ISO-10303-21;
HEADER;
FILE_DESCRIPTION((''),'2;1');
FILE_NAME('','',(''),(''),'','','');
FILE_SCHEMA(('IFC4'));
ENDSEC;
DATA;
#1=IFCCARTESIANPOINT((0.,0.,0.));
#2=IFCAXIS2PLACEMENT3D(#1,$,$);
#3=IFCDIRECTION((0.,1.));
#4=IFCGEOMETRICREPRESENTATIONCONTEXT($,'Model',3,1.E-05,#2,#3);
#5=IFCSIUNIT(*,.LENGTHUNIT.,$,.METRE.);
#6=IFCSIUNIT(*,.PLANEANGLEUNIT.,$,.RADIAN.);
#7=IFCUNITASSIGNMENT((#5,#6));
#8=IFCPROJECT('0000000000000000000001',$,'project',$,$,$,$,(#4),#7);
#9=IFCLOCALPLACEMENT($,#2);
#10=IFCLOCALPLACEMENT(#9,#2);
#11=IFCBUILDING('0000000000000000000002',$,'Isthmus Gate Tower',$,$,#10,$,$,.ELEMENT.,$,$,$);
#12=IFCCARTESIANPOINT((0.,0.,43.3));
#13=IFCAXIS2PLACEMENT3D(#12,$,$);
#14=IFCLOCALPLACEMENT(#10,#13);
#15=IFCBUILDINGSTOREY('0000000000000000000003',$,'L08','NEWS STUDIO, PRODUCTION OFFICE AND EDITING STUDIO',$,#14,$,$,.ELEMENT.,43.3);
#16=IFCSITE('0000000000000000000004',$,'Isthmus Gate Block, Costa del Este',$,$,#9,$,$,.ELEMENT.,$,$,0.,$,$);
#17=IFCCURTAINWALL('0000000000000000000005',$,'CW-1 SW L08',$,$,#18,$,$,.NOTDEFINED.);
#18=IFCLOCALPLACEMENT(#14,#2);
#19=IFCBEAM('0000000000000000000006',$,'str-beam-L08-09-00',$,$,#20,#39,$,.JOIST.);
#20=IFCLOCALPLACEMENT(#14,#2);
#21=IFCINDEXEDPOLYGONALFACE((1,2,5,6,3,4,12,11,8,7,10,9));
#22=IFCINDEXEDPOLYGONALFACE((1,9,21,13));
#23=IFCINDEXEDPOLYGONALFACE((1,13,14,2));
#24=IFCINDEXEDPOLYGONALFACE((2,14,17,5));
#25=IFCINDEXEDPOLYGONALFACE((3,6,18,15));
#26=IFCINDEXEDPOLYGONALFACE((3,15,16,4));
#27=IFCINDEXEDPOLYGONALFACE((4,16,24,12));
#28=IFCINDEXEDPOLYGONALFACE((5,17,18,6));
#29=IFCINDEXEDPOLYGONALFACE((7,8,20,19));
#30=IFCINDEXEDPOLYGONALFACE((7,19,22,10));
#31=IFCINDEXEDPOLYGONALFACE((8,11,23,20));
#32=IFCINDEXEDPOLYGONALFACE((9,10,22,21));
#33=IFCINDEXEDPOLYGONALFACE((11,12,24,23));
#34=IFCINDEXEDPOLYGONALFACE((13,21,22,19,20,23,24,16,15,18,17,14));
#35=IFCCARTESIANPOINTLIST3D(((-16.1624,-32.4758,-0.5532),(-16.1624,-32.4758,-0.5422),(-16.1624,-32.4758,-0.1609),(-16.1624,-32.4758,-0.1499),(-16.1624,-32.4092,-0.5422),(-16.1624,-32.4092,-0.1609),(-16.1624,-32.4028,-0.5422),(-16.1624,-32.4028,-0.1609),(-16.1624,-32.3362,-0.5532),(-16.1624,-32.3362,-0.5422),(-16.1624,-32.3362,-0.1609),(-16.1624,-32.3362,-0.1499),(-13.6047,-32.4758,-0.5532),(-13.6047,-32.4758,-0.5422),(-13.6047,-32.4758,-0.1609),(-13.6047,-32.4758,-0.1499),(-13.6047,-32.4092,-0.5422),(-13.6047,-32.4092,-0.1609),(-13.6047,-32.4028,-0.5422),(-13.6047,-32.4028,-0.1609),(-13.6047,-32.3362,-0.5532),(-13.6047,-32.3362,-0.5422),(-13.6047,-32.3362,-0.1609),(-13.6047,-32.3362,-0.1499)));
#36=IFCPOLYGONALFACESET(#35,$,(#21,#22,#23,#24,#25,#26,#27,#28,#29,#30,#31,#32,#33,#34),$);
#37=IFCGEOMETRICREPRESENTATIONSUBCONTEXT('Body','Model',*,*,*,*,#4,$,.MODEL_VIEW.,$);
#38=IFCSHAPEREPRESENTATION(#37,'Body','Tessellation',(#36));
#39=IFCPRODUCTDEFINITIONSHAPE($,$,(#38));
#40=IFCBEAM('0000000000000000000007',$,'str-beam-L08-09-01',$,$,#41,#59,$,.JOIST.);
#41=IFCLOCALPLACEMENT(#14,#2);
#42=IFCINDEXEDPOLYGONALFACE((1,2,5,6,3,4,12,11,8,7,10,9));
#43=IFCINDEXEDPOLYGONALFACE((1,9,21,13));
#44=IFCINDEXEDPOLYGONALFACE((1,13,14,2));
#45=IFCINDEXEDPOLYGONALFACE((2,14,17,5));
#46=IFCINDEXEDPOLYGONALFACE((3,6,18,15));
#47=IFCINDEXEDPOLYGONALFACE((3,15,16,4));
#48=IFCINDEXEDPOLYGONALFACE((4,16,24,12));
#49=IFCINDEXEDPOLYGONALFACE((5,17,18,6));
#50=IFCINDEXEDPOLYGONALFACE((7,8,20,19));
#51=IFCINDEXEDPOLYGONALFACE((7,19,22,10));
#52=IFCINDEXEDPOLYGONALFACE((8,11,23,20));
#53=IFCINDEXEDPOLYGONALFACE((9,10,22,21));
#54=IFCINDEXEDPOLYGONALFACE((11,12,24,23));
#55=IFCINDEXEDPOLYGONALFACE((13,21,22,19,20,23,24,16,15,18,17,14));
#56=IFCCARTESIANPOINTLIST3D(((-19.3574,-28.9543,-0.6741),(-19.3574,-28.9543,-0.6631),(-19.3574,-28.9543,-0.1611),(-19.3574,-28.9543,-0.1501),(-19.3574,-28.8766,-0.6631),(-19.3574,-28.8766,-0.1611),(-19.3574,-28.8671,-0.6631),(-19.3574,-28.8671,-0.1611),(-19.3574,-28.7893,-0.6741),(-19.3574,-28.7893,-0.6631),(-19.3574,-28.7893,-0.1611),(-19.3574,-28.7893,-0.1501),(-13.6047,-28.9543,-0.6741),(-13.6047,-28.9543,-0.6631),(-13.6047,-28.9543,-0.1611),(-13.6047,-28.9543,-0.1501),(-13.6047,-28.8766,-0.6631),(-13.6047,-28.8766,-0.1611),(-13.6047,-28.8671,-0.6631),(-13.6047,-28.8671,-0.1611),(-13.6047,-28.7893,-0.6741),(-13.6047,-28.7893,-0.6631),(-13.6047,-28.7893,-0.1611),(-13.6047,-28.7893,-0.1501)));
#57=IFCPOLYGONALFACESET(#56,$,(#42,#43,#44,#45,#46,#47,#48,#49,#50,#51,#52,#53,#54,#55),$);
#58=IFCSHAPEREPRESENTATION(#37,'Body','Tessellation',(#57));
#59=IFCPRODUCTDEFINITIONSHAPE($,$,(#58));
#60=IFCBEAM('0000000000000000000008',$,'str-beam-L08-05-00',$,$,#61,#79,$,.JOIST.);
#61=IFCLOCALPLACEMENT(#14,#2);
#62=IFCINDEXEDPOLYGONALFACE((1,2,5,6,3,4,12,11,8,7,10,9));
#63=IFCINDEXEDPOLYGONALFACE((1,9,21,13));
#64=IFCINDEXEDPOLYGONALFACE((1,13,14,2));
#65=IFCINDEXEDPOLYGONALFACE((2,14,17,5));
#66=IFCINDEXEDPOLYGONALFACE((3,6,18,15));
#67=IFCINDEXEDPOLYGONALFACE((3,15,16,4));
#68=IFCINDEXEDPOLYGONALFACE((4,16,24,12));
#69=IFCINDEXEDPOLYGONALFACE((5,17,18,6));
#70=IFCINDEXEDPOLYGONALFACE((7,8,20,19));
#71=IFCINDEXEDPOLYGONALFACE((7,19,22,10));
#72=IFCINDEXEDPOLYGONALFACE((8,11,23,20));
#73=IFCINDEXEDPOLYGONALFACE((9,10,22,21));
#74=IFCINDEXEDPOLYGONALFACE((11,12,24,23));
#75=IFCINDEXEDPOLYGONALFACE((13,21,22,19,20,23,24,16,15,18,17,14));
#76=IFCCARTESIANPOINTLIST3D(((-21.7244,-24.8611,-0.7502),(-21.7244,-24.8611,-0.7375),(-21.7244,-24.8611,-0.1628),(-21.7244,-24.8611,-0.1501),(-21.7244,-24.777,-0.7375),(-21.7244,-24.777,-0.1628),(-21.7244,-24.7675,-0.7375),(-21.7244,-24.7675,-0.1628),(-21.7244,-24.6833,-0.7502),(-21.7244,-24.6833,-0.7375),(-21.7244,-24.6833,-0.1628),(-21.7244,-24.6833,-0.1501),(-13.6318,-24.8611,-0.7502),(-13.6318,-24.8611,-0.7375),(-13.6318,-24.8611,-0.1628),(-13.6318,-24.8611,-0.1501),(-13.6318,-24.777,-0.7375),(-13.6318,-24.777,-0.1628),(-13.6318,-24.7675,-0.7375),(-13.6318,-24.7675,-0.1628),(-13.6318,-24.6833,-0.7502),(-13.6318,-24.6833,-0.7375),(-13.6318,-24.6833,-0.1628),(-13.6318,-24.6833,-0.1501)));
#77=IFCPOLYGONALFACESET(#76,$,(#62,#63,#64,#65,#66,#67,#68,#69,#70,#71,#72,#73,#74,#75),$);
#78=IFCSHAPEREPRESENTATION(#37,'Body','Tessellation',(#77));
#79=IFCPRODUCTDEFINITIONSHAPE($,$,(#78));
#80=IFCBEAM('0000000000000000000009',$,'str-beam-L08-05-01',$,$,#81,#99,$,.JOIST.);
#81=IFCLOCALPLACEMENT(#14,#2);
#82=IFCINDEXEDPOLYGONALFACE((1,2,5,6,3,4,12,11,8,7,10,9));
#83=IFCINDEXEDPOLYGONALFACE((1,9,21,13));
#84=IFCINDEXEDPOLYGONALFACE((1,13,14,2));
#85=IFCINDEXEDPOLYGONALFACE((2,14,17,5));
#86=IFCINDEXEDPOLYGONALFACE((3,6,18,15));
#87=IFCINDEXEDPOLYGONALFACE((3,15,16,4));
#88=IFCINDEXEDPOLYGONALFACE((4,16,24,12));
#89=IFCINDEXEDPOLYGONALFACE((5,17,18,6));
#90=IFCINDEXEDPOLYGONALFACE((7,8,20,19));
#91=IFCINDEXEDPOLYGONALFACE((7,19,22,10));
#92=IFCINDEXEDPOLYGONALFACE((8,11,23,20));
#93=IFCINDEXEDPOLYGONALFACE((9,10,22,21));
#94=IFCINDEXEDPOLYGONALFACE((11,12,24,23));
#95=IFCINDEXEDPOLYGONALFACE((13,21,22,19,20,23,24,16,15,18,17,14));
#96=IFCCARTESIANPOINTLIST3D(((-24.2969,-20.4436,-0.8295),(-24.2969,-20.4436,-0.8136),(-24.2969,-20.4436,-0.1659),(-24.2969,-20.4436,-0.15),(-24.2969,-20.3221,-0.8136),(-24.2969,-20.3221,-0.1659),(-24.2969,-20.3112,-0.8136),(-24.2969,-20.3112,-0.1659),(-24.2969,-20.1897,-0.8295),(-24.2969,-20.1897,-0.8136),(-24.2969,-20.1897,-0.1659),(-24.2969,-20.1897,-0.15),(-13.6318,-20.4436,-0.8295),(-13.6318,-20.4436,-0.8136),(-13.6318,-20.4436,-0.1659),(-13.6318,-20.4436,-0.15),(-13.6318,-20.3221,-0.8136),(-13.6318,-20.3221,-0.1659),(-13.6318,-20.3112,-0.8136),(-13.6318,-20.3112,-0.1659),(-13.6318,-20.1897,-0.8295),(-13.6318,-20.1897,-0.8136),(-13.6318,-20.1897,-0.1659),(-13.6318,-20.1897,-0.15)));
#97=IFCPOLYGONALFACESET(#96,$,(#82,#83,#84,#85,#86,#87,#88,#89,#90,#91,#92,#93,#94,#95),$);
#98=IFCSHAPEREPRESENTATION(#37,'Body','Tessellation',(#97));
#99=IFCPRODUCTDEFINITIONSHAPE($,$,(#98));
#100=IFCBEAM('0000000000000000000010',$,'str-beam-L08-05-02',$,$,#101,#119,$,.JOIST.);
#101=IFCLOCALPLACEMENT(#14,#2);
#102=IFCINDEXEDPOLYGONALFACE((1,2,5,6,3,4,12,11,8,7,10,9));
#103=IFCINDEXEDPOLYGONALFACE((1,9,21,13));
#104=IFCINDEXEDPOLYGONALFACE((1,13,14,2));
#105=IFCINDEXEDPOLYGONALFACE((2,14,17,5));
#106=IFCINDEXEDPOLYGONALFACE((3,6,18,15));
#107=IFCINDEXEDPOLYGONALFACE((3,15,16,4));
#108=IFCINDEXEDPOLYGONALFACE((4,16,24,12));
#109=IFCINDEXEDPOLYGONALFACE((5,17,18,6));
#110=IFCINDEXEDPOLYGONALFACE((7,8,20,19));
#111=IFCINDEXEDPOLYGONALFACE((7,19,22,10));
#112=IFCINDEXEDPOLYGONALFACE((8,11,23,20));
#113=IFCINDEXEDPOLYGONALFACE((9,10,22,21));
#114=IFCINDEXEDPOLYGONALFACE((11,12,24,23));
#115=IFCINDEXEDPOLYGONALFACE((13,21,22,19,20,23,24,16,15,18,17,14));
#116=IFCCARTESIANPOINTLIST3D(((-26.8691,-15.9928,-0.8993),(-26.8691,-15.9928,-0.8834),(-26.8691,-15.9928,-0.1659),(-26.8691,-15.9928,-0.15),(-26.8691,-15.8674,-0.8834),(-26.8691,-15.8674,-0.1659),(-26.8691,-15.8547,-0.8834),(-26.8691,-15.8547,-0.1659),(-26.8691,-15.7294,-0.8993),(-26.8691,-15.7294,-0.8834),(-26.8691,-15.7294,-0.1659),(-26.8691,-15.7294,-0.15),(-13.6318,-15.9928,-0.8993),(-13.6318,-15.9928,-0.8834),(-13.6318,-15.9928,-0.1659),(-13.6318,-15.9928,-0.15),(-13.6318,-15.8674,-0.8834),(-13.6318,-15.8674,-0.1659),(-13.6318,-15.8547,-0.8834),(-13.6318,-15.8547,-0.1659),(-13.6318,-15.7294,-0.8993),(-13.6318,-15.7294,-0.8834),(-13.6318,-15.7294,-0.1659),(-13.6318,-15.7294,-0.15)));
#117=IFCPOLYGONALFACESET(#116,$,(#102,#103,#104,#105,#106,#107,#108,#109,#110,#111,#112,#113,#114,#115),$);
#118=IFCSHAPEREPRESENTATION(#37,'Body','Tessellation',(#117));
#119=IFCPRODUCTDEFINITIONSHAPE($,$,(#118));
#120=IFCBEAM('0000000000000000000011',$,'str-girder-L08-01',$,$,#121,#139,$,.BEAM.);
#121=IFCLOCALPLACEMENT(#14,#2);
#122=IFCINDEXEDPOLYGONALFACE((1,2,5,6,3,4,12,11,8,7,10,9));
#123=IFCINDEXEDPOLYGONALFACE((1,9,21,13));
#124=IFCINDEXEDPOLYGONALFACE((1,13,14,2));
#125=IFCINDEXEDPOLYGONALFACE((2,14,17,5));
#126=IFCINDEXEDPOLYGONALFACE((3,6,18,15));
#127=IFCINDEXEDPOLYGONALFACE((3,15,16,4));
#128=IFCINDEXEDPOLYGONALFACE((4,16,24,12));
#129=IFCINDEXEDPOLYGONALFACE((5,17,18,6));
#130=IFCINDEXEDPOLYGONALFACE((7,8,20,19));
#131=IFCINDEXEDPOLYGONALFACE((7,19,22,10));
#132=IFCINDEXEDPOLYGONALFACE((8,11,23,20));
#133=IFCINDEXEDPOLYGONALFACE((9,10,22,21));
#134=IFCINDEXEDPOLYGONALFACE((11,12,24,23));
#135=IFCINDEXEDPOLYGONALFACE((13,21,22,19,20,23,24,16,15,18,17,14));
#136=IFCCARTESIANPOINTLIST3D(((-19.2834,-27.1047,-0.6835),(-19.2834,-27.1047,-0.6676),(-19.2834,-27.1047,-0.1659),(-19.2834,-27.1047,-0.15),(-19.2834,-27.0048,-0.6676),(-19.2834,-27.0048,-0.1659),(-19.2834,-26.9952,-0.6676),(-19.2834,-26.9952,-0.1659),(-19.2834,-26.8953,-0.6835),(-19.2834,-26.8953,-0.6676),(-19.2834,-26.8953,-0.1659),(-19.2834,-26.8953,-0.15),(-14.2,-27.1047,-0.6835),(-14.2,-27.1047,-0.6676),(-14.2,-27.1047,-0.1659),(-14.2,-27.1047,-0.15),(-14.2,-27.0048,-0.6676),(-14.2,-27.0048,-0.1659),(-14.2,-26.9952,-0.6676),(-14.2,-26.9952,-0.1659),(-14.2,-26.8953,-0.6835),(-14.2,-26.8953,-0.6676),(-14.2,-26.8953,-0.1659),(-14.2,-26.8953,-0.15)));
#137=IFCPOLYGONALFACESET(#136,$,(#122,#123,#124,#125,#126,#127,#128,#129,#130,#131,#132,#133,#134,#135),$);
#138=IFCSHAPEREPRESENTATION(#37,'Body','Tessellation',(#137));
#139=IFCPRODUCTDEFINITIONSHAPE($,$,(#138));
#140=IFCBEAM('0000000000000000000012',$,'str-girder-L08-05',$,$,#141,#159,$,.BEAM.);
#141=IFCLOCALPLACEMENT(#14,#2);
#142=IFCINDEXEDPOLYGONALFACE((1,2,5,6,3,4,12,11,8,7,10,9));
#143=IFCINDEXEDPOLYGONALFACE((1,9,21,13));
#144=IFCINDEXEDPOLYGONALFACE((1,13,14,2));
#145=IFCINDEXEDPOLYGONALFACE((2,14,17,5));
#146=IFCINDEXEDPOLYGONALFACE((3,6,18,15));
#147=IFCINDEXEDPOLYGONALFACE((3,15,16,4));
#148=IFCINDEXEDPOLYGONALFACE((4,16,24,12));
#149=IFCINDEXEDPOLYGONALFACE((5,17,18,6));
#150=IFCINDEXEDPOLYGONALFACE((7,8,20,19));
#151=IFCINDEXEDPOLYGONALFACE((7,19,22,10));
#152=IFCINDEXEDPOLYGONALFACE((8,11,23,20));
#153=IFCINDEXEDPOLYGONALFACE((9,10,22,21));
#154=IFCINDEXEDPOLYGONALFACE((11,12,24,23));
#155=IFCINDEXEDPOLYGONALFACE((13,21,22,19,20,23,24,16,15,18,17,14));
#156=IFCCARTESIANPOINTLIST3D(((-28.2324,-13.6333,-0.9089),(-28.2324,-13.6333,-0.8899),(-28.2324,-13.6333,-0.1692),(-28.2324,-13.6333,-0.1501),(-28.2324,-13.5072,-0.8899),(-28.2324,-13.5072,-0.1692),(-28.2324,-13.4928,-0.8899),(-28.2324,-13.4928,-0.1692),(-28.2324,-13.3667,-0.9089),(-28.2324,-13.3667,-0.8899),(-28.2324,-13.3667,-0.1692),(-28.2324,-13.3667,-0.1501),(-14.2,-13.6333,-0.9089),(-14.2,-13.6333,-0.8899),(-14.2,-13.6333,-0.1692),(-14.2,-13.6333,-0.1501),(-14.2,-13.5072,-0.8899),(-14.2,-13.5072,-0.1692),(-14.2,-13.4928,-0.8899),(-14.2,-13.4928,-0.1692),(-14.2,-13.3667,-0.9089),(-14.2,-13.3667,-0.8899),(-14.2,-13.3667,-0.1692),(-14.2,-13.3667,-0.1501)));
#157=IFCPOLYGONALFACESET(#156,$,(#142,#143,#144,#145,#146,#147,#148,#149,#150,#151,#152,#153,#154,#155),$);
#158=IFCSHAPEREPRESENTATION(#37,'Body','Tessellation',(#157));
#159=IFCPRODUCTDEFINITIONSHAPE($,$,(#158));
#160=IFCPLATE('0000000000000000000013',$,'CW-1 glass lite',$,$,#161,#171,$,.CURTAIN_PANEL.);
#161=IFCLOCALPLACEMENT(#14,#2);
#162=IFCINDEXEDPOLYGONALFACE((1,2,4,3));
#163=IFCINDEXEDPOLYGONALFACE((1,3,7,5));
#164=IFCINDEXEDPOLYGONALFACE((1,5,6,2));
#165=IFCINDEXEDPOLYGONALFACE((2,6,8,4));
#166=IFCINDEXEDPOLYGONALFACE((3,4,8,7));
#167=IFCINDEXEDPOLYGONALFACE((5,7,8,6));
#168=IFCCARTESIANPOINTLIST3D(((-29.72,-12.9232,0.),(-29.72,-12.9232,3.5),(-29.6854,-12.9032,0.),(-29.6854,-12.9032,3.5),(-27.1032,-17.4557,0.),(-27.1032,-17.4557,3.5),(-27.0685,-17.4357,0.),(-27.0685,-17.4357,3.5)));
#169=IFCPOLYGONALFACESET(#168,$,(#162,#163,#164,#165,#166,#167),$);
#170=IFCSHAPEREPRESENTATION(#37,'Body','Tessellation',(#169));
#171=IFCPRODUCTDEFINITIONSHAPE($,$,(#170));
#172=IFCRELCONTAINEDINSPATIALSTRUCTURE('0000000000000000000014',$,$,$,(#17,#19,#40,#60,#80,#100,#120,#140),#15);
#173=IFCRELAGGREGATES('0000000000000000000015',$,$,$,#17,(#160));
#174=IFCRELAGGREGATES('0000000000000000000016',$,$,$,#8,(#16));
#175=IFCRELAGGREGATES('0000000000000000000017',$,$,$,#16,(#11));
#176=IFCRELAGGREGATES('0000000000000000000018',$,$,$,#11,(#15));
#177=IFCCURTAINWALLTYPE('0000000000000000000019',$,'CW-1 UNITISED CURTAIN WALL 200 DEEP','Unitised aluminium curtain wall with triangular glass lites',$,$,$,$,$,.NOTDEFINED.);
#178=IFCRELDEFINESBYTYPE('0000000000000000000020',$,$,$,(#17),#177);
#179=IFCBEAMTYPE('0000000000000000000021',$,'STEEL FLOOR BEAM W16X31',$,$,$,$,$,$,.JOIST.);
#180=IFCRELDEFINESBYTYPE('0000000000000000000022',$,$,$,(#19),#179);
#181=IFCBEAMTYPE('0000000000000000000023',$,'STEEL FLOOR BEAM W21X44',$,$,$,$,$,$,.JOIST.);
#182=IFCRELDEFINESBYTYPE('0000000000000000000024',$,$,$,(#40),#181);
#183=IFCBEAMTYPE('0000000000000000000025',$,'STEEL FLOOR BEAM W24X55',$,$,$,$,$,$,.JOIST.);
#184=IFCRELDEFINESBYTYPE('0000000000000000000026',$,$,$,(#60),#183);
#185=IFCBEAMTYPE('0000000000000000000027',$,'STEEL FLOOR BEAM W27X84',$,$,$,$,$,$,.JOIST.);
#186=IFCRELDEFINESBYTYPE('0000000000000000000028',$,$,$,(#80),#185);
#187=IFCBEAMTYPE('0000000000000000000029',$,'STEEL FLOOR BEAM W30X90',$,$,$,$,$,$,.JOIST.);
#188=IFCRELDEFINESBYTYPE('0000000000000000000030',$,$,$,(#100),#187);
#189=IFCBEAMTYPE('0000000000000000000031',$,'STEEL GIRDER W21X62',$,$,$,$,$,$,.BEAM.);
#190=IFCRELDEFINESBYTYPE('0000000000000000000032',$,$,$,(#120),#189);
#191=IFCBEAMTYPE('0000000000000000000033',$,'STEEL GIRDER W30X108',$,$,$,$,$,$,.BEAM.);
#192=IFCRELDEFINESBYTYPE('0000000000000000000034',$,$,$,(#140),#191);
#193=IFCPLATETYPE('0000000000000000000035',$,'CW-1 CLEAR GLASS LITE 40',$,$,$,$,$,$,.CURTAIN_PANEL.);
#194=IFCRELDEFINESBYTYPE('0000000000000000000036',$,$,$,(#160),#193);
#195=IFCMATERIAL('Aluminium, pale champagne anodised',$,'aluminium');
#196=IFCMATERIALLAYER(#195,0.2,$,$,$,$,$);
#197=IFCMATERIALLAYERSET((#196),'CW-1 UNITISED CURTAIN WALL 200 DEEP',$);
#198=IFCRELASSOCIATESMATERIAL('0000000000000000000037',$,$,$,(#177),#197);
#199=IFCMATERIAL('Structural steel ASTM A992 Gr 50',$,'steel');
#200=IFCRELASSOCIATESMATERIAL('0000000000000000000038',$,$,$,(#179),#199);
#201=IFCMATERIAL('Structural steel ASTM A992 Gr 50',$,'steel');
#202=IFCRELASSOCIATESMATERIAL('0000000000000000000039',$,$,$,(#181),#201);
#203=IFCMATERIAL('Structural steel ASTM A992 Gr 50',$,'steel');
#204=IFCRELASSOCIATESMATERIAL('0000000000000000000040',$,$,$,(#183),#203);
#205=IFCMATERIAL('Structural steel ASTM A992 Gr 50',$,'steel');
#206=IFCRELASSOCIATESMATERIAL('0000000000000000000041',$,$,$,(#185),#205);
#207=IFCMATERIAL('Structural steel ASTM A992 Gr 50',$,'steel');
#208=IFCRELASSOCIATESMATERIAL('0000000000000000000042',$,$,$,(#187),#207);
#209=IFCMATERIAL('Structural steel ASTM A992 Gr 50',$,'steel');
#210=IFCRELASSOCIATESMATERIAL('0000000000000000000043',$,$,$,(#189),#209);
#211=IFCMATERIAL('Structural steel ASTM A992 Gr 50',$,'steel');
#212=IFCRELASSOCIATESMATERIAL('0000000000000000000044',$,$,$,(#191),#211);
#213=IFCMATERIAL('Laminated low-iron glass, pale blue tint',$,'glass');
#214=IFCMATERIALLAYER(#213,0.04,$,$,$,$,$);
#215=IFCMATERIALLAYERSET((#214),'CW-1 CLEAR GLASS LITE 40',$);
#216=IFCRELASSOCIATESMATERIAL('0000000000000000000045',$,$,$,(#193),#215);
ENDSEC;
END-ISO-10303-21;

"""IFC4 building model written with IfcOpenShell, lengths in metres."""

from ifc_helpers import new_model, si_unit, direction, frame, origin, origin_2d, place, context, subcontext, project, spatial, rectangle, i_section, extrude, material, layer, layer_set, material_profile, profile_set, type_object, element, aggregate, save


model = new_model("IFC4")

# Units and contexts
model_context = context("Model", 3, precision=1e-05, world=origin(), true_north=direction((0.0, 1.0)))
body_context = subcontext(model_context, "Body", "Model", "MODEL_VIEW")
ifc_project = project(units=[si_unit("LENGTHUNIT", "METRE"), si_unit("PLANEANGLEUNIT", "RADIAN")], contexts=[model_context])

# Site, building, storey
site_placement = place(None, origin())
site = spatial("IfcSite", under=ifc_project, at=site_placement, Name="Isthmus Gate Block, Costa del Este", CompositionType="ELEMENT", RefElevation=0.0)
building_placement = place(site_placement, origin())
building = spatial("IfcBuilding", under=site, at=building_placement, Name="Isthmus Gate Tower", CompositionType="ELEMENT")
storey_placement = place(building_placement, frame((0.0, 0.0, 43.3)))
storey = spatial("IfcBuildingStorey", under=building, at=storey_placement, Name="L08", Description="NEWS STUDIO, PRODUCTION OFFICE AND EDITING STUDIO", CompositionType="ELEMENT", Elevation=43.3)

# Curtain wall
ifc_material_1 = material(Name="Aluminium, pale champagne anodised", Category="aluminium")
ifc_layer_1 = layer(ifc_material_1, 0.2)
ifc_layer_set_1 = layer_set([ifc_layer_1], Name="CW-1 UNITISED CURTAIN WALL 200 DEEP")
curtain_wall_type = type_object("IfcCurtainWallType", Name="CW-1 UNITISED CURTAIN WALL 200 DEEP", Description="Unitised aluminium curtain wall with triangular glass lites", PredefinedType="NOTDEFINED", material=ifc_layer_set_1)
curtain_wall_1_placement = place(storey_placement, origin())
curtain_wall_1 = element("IfcCurtainWall", 1, at=curtain_wall_1_placement, inside=storey, type_object=curtain_wall_type, Name="CW-1 SW L08", PredefinedType="NOTDEFINED")

# Beams
ifc_material_2 = material(Name="Structural steel ASTM A992 Gr 50", Category="steel")
ifc_material_profile_1 = material_profile(ifc_material_2, i_section(OverallWidth=0.1396, OverallDepth=0.4033, WebThickness=0.0063, FlangeThickness=0.011, at=origin_2d()), Name="W16X31")
ifc_profile_set_1 = profile_set([ifc_material_profile_1], Name="Structural steel ASTM A992 Gr 50")
beam_type_1 = type_object("IfcBeamType", Name="STEEL FLOOR BEAM W16X31", PredefinedType="JOIST", material=ifc_profile_set_1)
beam_1_placement = place(storey_placement, frame((-16.1624, -32.406, -0.3516), z_axis=(1.0, 0.0, 0.0), x_axis=(0.0, 1.0, 0.0)))
element("IfcBeam", 2, at=beam_1_placement, inside=storey, type_object=beam_type_1, Name="str-beam-L08-09-00", PredefinedType="JOIST", context=body_context, shape_type="SweptSolid", body=[
    extrude(i_section(OverallWidth=0.1396, OverallDepth=0.4033, WebThickness=0.0063, FlangeThickness=0.011, at=origin_2d()), origin(), (0.0, 0.0, 1.0), 2.5576),
])
ifc_material_3 = material(Name="Structural steel ASTM A992 Gr 50", Category="steel")
ifc_material_profile_2 = material_profile(ifc_material_3, i_section(OverallWidth=0.165, OverallDepth=0.5239, WebThickness=0.0095, FlangeThickness=0.011, at=origin_2d()), Name="W21X44")
ifc_profile_set_2 = profile_set([ifc_material_profile_2], Name="Structural steel ASTM A992 Gr 50")
beam_type_2 = type_object("IfcBeamType", Name="STEEL FLOOR BEAM W21X44", PredefinedType="JOIST", material=ifc_profile_set_2)
beam_2_placement = place(storey_placement, frame((-19.3574, -28.8718, -0.4121), z_axis=(1.0, 0.0, 0.0), x_axis=(0.0, 1.0, 0.0)))
element("IfcBeam", 3, at=beam_2_placement, inside=storey, type_object=beam_type_2, Name="str-beam-L08-09-01", PredefinedType="JOIST", context=body_context, shape_type="SweptSolid", body=[
    extrude(i_section(OverallWidth=0.165, OverallDepth=0.5239, WebThickness=0.0095, FlangeThickness=0.011, at=origin_2d()), origin(), (0.0, 0.0, 1.0), 5.7527),
])
ifc_material_4 = material(Name="Structural steel ASTM A992 Gr 50", Category="steel")
ifc_material_profile_3 = material_profile(ifc_material_4, i_section(OverallWidth=0.1777, OverallDepth=0.6001, WebThickness=0.0095, FlangeThickness=0.0127, at=origin_2d()), Name="W24X55")
ifc_profile_set_3 = profile_set([ifc_material_profile_3], Name="Structural steel ASTM A992 Gr 50")
beam_type_3 = type_object("IfcBeamType", Name="STEEL FLOOR BEAM W24X55", PredefinedType="JOIST", material=ifc_profile_set_3)
beam_3_placement = place(storey_placement, frame((-21.7244, -24.7722, -0.4502), z_axis=(1.0, 0.0, 0.0), x_axis=(0.0, 1.0, 0.0)))
element("IfcBeam", 4, at=beam_3_placement, inside=storey, type_object=beam_type_3, Name="str-beam-L08-05-00", PredefinedType="JOIST", context=body_context, shape_type="SweptSolid", body=[
    extrude(i_section(OverallWidth=0.1777, OverallDepth=0.6001, WebThickness=0.0095, FlangeThickness=0.0127, at=origin_2d()), origin(), (0.0, 0.0, 1.0), 8.0925),
])
ifc_material_5 = material(Name="Structural steel ASTM A992 Gr 50", Category="steel")
ifc_material_profile_4 = material_profile(ifc_material_5, i_section(OverallWidth=0.2539, OverallDepth=0.6794, WebThickness=0.011, FlangeThickness=0.0159, at=origin_2d()), Name="W27X84")
ifc_profile_set_4 = profile_set([ifc_material_profile_4], Name="Structural steel ASTM A992 Gr 50")
beam_type_4 = type_object("IfcBeamType", Name="STEEL FLOOR BEAM W27X84", PredefinedType="JOIST", material=ifc_profile_set_4)
beam_4_placement = place(storey_placement, frame((-24.2969, -20.3167, -0.4897), z_axis=(1.0, 0.0, 0.0), x_axis=(0.0, 1.0, 0.0)))
element("IfcBeam", 5, at=beam_4_placement, inside=storey, type_object=beam_type_4, Name="str-beam-L08-05-01", PredefinedType="JOIST", context=body_context, shape_type="SweptSolid", body=[
    extrude(i_section(OverallWidth=0.2539, OverallDepth=0.6794, WebThickness=0.011, FlangeThickness=0.0159, at=origin_2d()), origin(), (0.0, 0.0, 1.0), 10.665),
])
ifc_material_6 = material(Name="Structural steel ASTM A992 Gr 50", Category="steel")
ifc_material_profile_5 = material_profile(ifc_material_6, i_section(OverallWidth=0.2634, OverallDepth=0.7493, WebThickness=0.0127, FlangeThickness=0.0159, at=origin_2d()), Name="W30X90")
ifc_profile_set_5 = profile_set([ifc_material_profile_5], Name="Structural steel ASTM A992 Gr 50")
beam_type_5 = type_object("IfcBeamType", Name="STEEL FLOOR BEAM W30X90", PredefinedType="JOIST", material=ifc_profile_set_5)
beam_5_placement = place(storey_placement, frame((-26.8691, -15.8611, -0.5247), z_axis=(1.0, 0.0, 0.0), x_axis=(0.0, 1.0, 0.0)))
element("IfcBeam", 6, at=beam_5_placement, inside=storey, type_object=beam_type_5, Name="str-beam-L08-05-02", PredefinedType="JOIST", context=body_context, shape_type="SweptSolid", body=[
    extrude(i_section(OverallWidth=0.2634, OverallDepth=0.7493, WebThickness=0.0127, FlangeThickness=0.0159, at=origin_2d()), origin(), (0.0, 0.0, 1.0), 13.2373),
])
ifc_material_7 = material(Name="Structural steel ASTM A992 Gr 50", Category="steel")
ifc_material_profile_6 = material_profile(ifc_material_7, i_section(OverallWidth=0.2095, OverallDepth=0.5334, WebThickness=0.0095, FlangeThickness=0.0159, at=origin_2d()), Name="W21X62")
ifc_profile_set_6 = profile_set([ifc_material_profile_6], Name="Structural steel ASTM A992 Gr 50")
beam_type_6 = type_object("IfcBeamType", Name="STEEL GIRDER W21X62", PredefinedType="BEAM", material=ifc_profile_set_6)
beam_6_placement = place(storey_placement, frame((-19.2834, -27.0, -0.4167), z_axis=(1.0, 0.0, 0.0), x_axis=(0.0, 1.0, 0.0)))
element("IfcBeam", 7, at=beam_6_placement, inside=storey, type_object=beam_type_6, Name="str-girder-L08-01", PredefinedType="BEAM", context=body_context, shape_type="SweptSolid", body=[
    extrude(i_section(OverallWidth=0.2095, OverallDepth=0.5334, WebThickness=0.0095, FlangeThickness=0.0159, at=origin_2d()), origin(), (0.0, 0.0, 1.0), 5.0835),
])
ifc_material_8 = material(Name="Structural steel ASTM A992 Gr 50", Category="steel")
ifc_material_profile_7 = material_profile(ifc_material_8, i_section(OverallWidth=0.2666, OverallDepth=0.7588, WebThickness=0.0144, FlangeThickness=0.019, at=origin_2d()), Name="W30X108")
ifc_profile_set_7 = profile_set([ifc_material_profile_7], Name="Structural steel ASTM A992 Gr 50")
beam_type_7 = type_object("IfcBeamType", Name="STEEL GIRDER W30X108", PredefinedType="BEAM", material=ifc_profile_set_7)
beam_7_placement = place(storey_placement, frame((-28.2324, -13.5, -0.5295), z_axis=(1.0, 0.0, 0.0), x_axis=(0.0, 1.0, 0.0)))
element("IfcBeam", 8, at=beam_7_placement, inside=storey, type_object=beam_type_7, Name="str-girder-L08-05", PredefinedType="BEAM", context=body_context, shape_type="SweptSolid", body=[
    extrude(i_section(OverallWidth=0.2666, OverallDepth=0.7588, WebThickness=0.0144, FlangeThickness=0.019, at=origin_2d()), origin(), (0.0, 0.0, 1.0), 14.0325),
])

# Plate
ifc_material_9 = material(Name="Laminated low-iron glass, pale blue tint", Category="glass")
ifc_layer_2 = layer(ifc_material_9, 0.04)
ifc_layer_set_2 = layer_set([ifc_layer_2], Name="CW-1 CLEAR GLASS LITE 40")
plate_type = type_object("IfcPlateType", Name="CW-1 CLEAR GLASS LITE 40", PredefinedType="CURTAIN_PANEL", material=ifc_layer_set_2)
plate_1_placement = place(storey_placement, frame((-28.3943, -15.1794, 0.0), z_axis=(0.0, 0.0, 1.0), x_axis=(0.5, -0.866025, 0.0)))
plate_1 = element("IfcPlate", 9, at=plate_1_placement, type_object=plate_type, Name="CW-1 glass lite", PredefinedType="CURTAIN_PANEL", context=body_context, shape_type="SweptSolid", body=[
    extrude(rectangle(XDim=5.2336, YDim=0.04, at=origin_2d()), origin(), (0.0, 0.0, 1.0), 3.5),
])
aggregate(curtain_wall_1, [plate_1])

save(model, "model.ifc")
